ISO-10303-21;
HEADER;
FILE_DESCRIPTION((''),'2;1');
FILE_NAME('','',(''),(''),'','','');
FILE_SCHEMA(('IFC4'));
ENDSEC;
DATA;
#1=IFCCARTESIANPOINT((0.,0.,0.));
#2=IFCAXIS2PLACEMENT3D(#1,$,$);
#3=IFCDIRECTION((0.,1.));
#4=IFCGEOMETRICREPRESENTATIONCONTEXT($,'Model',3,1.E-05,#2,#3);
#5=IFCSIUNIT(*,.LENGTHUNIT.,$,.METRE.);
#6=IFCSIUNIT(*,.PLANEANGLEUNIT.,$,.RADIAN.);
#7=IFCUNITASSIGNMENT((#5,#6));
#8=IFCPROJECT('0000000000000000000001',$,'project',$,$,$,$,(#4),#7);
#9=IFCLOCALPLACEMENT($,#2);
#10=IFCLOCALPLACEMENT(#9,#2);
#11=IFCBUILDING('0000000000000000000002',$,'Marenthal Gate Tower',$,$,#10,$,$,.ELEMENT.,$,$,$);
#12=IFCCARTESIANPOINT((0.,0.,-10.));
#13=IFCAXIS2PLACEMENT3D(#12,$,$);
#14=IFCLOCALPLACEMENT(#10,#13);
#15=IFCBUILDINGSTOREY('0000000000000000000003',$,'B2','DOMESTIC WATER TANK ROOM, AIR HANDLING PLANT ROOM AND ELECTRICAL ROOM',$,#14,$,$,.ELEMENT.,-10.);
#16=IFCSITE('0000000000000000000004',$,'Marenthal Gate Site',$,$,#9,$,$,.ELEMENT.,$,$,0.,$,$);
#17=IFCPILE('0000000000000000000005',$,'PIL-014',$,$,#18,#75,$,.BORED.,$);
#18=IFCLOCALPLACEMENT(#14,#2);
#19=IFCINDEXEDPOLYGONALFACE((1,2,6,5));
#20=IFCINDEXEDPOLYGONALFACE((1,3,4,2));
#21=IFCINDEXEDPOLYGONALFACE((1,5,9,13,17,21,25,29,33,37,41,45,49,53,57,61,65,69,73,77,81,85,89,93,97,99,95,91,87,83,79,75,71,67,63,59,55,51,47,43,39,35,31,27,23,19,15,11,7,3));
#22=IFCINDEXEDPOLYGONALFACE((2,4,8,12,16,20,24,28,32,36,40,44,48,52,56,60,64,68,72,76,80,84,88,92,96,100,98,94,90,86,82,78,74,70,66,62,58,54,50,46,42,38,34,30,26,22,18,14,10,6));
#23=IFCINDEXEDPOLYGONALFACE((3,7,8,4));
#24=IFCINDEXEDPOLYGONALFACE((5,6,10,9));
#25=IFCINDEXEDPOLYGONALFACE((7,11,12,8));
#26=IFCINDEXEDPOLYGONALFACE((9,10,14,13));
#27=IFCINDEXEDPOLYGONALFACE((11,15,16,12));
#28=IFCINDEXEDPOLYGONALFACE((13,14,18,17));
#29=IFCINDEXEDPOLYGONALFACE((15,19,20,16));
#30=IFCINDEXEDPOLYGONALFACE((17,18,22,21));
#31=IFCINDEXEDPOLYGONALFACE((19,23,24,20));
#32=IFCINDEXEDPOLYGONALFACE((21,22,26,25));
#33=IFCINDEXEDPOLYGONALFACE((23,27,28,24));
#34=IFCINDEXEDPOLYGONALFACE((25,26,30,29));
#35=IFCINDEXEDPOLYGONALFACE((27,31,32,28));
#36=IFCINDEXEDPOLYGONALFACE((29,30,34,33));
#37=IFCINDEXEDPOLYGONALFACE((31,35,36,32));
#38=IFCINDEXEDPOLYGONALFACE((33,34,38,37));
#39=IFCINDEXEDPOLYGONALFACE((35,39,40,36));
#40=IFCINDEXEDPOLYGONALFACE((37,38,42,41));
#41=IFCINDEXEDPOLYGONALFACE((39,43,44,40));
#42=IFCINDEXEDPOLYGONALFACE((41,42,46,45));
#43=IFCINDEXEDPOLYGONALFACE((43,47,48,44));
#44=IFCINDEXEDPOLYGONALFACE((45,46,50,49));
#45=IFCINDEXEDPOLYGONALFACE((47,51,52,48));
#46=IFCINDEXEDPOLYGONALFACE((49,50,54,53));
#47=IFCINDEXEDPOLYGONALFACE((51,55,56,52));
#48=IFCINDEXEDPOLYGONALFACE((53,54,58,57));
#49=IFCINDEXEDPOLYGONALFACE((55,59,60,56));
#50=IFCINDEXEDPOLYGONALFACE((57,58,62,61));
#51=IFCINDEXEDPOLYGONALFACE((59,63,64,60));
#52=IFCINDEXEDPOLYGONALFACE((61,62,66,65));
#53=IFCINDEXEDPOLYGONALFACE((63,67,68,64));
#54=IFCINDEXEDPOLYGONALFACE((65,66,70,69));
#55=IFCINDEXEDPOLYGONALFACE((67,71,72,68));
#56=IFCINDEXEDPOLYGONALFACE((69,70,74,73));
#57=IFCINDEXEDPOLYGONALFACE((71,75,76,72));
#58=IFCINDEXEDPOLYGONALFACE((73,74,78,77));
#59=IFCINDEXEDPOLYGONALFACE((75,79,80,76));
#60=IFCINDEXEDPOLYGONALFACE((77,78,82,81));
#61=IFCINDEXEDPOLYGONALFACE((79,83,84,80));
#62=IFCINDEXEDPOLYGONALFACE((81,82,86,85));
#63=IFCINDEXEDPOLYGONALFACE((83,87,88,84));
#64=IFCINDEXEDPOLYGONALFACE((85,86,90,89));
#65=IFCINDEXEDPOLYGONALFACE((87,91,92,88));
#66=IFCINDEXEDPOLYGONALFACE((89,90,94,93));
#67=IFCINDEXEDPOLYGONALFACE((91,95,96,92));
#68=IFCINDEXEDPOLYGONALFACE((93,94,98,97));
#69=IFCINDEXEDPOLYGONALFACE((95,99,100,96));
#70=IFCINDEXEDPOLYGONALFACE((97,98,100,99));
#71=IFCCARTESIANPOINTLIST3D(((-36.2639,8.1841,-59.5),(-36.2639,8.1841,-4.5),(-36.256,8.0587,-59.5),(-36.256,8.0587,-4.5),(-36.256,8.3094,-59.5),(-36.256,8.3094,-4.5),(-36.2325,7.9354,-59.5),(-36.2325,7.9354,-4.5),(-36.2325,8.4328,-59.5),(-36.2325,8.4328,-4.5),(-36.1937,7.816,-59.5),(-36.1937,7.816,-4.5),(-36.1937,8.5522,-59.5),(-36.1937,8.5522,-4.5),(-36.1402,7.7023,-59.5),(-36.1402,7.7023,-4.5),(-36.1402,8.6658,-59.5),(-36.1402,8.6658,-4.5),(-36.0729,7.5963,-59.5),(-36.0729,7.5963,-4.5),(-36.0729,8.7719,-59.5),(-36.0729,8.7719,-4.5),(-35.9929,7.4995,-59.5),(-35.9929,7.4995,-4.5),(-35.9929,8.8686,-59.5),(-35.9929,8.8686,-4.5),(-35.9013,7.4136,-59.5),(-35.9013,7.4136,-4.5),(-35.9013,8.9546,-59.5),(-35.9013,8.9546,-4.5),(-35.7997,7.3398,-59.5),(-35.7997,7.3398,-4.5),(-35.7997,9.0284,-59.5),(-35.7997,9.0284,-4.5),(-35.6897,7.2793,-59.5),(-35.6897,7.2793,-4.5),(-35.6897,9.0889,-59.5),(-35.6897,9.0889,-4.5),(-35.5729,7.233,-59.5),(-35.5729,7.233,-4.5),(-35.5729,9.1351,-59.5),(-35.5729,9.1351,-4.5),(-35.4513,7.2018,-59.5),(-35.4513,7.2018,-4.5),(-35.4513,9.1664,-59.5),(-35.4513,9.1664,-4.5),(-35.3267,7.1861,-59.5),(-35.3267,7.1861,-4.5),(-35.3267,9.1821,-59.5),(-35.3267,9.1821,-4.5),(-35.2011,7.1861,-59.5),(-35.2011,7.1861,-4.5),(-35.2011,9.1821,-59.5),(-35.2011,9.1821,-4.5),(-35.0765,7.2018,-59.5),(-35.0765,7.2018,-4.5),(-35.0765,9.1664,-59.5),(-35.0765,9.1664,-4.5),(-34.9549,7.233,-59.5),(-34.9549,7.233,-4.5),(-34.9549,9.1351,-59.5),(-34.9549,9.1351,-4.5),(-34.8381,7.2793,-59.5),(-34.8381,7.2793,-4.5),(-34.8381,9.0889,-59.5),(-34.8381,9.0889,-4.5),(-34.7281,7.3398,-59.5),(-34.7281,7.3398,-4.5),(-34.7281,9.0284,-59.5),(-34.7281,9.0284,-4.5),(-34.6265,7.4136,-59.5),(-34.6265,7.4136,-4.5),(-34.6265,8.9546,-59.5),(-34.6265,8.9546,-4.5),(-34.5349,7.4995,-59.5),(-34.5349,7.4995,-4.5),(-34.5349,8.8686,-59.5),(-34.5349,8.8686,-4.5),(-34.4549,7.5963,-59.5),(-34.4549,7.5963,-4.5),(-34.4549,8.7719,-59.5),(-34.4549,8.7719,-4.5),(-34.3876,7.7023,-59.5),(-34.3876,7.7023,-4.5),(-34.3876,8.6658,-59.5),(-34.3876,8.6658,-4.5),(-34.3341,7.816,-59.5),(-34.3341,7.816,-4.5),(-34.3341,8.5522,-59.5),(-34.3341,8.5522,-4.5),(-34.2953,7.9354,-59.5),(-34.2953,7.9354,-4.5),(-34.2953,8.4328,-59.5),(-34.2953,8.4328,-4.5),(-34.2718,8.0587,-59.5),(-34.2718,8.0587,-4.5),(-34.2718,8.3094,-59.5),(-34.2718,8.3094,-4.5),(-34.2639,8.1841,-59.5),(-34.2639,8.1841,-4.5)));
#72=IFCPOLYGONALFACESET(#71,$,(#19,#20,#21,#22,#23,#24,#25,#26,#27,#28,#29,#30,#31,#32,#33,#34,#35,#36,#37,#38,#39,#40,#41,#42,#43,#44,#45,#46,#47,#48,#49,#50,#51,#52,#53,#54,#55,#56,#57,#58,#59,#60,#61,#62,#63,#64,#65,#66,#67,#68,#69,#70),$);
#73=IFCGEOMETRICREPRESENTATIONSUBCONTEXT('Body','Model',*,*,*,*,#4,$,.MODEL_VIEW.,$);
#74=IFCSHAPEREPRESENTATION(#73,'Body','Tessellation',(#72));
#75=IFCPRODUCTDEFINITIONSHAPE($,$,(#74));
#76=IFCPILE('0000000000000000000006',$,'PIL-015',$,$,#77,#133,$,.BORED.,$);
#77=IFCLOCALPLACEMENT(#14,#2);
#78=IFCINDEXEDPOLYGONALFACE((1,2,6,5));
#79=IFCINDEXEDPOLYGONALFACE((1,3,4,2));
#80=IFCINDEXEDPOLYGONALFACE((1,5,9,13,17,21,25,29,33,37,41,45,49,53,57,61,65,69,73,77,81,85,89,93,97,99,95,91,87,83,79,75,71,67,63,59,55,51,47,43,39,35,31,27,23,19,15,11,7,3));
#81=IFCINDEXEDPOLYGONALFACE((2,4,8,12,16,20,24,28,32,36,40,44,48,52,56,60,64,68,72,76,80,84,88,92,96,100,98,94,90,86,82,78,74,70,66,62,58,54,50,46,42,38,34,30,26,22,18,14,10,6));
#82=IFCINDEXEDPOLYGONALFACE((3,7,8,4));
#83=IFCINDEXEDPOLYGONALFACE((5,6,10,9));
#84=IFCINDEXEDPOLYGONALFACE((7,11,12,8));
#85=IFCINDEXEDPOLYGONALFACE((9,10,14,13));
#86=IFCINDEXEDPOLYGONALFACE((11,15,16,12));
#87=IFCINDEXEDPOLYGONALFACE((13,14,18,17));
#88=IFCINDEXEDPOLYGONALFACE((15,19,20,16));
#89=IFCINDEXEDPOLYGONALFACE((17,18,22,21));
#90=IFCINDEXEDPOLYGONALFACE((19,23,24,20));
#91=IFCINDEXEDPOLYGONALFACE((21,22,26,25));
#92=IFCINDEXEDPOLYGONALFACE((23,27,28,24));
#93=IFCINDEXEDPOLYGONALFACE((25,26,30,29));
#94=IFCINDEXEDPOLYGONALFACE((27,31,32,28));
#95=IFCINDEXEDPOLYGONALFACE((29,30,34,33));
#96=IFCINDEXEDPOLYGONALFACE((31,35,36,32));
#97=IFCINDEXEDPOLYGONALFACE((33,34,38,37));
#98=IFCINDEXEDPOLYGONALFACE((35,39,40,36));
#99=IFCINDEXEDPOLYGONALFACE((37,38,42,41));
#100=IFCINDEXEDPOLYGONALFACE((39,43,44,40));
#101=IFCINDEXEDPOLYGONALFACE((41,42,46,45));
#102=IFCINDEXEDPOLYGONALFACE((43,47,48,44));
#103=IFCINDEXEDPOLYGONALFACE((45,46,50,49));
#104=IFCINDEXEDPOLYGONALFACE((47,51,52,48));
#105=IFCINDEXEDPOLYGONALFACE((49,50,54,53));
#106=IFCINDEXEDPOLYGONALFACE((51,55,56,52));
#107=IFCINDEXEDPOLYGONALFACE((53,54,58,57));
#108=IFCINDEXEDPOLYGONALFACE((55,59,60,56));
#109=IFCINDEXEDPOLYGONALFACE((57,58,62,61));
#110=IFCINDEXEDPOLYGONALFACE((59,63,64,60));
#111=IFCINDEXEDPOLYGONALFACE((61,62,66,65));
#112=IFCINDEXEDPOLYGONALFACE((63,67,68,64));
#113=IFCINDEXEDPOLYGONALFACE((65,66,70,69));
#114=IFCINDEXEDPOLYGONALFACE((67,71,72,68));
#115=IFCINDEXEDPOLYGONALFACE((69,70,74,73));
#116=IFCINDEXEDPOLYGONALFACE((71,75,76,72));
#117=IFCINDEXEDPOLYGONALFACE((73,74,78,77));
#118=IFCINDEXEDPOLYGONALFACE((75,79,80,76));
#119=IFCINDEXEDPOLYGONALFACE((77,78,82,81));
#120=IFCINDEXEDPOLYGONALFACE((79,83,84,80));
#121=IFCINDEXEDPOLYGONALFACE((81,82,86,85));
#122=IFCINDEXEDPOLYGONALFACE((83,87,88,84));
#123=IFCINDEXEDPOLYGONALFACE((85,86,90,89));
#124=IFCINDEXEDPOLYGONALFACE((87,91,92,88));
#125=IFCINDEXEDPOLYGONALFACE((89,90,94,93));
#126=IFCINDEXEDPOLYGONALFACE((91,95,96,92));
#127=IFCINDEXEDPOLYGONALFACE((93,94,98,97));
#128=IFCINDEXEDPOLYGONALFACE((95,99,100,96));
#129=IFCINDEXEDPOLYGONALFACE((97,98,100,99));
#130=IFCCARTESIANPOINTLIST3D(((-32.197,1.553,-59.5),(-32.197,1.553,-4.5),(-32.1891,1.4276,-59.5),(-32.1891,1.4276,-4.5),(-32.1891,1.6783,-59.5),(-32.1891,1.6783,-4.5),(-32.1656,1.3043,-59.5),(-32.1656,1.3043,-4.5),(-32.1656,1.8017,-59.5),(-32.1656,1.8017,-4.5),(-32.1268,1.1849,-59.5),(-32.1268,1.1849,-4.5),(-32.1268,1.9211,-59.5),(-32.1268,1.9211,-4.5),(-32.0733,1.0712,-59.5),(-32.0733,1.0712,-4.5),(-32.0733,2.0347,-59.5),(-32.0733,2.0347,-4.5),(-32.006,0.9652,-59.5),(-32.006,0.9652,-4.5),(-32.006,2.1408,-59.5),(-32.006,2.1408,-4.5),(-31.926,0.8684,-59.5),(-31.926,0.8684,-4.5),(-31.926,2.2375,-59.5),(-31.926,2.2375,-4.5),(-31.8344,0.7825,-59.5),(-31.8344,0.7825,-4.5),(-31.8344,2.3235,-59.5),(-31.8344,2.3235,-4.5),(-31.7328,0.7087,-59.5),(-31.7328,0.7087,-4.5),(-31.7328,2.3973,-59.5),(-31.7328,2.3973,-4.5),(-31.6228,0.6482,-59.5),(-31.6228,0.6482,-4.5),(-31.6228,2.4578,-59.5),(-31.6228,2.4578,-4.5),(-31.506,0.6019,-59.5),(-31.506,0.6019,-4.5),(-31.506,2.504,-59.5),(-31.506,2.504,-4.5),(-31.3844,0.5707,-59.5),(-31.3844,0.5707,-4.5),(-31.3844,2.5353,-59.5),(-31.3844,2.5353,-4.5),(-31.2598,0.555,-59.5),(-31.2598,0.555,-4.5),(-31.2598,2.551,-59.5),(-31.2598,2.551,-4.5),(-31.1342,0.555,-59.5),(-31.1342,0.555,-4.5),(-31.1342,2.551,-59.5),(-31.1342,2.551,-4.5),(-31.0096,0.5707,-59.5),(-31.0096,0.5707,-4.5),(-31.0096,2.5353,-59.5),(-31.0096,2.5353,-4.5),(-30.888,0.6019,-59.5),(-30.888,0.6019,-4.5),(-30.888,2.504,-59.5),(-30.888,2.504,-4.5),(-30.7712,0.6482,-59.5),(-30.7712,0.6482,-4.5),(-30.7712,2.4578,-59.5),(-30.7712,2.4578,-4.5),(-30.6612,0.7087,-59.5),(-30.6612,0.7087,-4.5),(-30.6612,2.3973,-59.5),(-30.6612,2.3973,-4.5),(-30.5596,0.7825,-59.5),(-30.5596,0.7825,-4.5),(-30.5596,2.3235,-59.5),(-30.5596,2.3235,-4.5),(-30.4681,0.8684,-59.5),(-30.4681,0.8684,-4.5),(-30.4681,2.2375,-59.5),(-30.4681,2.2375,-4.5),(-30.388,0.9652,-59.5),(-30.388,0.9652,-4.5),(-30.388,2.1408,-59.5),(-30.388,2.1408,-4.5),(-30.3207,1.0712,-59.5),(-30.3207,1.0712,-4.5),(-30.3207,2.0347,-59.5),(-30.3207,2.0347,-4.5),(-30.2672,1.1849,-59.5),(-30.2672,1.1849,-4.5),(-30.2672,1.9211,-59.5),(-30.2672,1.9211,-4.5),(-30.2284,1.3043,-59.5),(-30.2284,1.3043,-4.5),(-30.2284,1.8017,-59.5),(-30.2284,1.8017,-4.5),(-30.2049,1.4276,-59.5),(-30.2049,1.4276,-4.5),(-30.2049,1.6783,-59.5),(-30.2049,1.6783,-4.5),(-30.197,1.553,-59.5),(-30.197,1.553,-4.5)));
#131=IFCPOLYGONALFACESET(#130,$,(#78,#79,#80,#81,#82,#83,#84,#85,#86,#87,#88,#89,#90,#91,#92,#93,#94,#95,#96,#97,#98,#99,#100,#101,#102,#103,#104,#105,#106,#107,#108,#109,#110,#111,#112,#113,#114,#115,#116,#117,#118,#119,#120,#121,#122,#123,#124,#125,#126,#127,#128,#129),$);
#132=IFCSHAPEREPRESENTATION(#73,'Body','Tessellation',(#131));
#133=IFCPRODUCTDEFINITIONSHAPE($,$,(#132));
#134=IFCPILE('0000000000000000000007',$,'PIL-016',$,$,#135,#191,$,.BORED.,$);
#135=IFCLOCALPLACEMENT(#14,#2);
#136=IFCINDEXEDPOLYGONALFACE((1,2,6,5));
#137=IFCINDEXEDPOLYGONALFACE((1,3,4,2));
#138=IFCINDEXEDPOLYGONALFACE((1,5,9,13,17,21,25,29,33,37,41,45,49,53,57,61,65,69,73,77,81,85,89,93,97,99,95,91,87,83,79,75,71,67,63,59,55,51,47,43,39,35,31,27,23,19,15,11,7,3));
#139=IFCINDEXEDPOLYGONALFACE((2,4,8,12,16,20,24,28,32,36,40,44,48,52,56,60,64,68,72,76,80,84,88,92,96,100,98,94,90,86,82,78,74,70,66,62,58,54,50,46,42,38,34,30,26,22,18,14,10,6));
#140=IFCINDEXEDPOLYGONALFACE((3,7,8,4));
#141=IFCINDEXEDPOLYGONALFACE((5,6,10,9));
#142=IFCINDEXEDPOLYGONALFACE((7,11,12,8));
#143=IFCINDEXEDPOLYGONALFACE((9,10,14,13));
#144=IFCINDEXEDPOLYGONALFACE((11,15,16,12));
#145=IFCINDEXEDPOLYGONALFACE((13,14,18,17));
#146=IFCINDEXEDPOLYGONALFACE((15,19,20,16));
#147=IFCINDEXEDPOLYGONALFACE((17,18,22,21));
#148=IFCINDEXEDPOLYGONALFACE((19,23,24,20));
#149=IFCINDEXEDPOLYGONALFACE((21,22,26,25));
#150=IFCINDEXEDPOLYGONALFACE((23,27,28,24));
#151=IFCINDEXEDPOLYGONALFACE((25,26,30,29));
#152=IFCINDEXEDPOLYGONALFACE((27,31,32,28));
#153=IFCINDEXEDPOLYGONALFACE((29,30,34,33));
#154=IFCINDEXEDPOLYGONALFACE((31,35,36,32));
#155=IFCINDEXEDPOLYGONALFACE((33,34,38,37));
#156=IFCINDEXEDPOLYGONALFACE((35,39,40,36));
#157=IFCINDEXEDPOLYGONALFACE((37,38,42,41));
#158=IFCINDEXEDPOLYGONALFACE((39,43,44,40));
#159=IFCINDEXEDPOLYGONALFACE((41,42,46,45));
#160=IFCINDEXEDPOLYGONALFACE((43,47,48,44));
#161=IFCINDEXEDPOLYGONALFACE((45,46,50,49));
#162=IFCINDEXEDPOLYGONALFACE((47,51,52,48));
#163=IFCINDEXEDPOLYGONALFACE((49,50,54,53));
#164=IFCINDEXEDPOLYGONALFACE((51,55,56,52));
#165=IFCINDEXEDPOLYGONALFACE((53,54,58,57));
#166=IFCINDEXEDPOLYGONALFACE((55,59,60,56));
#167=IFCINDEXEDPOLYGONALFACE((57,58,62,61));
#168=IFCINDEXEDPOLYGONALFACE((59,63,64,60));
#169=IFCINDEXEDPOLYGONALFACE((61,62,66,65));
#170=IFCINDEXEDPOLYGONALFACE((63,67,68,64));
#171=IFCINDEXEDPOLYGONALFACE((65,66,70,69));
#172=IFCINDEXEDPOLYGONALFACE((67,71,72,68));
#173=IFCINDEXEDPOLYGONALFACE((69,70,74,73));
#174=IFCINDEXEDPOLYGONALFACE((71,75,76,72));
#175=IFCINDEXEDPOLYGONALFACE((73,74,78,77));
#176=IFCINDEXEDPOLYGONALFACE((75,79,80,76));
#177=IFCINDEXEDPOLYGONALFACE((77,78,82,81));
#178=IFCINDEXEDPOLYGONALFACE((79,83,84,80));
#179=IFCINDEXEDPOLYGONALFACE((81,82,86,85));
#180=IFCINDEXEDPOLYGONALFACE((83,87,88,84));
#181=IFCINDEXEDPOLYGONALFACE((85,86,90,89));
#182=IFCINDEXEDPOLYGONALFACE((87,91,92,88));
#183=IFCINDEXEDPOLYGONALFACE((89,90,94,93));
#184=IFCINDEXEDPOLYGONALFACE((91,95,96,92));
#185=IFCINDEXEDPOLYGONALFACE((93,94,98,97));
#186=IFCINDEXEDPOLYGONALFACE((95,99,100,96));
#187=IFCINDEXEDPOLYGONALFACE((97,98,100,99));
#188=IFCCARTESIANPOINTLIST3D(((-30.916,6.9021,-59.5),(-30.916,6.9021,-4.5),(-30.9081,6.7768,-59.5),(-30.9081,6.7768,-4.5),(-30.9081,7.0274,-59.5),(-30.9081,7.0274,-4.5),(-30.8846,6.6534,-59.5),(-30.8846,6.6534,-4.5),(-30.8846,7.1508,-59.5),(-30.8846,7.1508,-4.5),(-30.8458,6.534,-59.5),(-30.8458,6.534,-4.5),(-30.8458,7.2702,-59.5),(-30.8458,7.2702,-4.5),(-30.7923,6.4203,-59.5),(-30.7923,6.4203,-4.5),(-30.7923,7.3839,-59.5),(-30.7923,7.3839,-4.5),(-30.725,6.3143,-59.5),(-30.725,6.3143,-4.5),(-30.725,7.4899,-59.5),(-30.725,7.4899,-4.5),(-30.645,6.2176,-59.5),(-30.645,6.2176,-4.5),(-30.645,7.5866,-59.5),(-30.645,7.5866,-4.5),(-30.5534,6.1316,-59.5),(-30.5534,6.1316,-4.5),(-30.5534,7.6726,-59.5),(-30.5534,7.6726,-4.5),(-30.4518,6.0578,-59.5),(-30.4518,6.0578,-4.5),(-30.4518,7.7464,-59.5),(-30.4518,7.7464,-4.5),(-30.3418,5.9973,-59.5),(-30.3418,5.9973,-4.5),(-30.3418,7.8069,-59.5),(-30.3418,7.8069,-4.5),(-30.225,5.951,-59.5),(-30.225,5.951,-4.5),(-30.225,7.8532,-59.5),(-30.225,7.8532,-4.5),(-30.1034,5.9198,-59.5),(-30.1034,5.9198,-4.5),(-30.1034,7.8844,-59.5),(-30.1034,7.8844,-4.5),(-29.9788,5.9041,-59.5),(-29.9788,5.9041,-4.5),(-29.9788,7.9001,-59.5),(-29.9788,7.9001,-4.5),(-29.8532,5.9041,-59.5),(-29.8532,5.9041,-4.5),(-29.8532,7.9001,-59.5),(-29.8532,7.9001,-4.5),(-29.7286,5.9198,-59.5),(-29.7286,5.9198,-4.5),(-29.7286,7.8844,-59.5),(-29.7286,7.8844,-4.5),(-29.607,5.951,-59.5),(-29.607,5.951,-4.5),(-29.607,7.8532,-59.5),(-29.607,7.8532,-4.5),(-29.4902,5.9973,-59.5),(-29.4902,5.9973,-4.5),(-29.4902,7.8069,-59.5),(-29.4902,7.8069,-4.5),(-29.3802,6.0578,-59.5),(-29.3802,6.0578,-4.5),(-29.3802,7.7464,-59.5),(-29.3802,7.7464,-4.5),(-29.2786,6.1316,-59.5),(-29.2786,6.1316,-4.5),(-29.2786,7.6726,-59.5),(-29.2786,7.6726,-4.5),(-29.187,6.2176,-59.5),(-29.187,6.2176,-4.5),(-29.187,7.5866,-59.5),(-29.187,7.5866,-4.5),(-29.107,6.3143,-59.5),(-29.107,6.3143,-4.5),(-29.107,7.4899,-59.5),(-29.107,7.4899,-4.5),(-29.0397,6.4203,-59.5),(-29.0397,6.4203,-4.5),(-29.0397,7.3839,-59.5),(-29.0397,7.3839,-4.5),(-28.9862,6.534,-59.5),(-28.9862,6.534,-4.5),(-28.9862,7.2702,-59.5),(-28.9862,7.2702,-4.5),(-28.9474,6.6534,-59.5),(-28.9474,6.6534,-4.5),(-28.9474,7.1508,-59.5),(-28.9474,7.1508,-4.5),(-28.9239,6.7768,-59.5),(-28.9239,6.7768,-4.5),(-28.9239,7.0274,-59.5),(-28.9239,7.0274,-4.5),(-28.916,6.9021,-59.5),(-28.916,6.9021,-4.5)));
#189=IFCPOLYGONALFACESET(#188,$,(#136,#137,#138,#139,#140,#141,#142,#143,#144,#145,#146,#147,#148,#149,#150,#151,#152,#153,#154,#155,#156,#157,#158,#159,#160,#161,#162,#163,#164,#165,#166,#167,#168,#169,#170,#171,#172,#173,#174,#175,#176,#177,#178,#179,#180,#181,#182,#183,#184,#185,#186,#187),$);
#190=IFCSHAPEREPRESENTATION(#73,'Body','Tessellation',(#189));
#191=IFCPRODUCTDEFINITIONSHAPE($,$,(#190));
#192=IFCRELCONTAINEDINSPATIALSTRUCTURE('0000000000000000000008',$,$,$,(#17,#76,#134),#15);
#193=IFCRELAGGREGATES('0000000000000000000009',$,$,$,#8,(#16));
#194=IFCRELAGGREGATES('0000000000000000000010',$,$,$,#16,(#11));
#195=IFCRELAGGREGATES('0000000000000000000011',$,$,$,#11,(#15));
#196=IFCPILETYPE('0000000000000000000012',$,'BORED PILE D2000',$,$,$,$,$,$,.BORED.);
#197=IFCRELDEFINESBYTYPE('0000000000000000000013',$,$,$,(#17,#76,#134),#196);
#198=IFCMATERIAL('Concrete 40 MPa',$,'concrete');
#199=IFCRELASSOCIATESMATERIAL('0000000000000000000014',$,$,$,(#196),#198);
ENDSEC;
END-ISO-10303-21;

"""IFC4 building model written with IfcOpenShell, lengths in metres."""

from ifc_helpers import new_model, si_unit, direction, frame, origin, origin_2d, place, context, subcontext, project, spatial, circle, extrude, material, type_object, element, save


model = new_model("IFC4")

# Units and contexts
model_context = context("Model", 3, precision=1e-05, world=origin(), true_north=direction((0.0, 1.0)))
body_context = subcontext(model_context, "Body", "Model", "MODEL_VIEW")
ifc_project = project(units=[si_unit("LENGTHUNIT", "METRE"), si_unit("PLANEANGLEUNIT", "RADIAN")], contexts=[model_context])

# Site, building, storey
site_placement = place(None, origin())
site = spatial("IfcSite", under=ifc_project, at=site_placement, Name="Marenthal Gate Site", CompositionType="ELEMENT", RefElevation=0.0)
building_placement = place(site_placement, origin())
building = spatial("IfcBuilding", under=site, at=building_placement, Name="Marenthal Gate Tower", CompositionType="ELEMENT")
storey_placement = place(building_placement, frame((0.0, 0.0, -10.0)))
storey = spatial("IfcBuildingStorey", under=building, at=storey_placement, Name="B2", Description="DOMESTIC WATER TANK ROOM, AIR HANDLING PLANT ROOM AND ELECTRICAL ROOM", CompositionType="ELEMENT", Elevation=-10.0)

# Piles
ifc_material_1 = material(Name="Concrete 40 MPa", Category="concrete")
pile_type = type_object("IfcPileType", Name="BORED PILE D2000", PredefinedType="BORED", material=ifc_material_1)
for number, where, z_axis, x_axis, name in (
    (1, (-35.2639, 8.1841, -4.5), (0.0, 0.0, -1.0), (1.0, 0.0, 0.0), "PIL-014"),
    (2, (-31.197, 1.553, -4.5), (0.0, 0.0, -1.0), (1.0, 0.0, 0.0), "PIL-015"),
    (3, (-29.916, 6.9021, -4.5), (0.0, 0.0, -1.0), (1.0, 0.0, 0.0), "PIL-016"),
):
    element("IfcPile", number, at=place(storey_placement, frame(where, z_axis=z_axis, x_axis=x_axis)), inside=storey, type_object=pile_type, Name=name, PredefinedType="BORED", context=body_context, shape_type="SweptSolid", body=[
        extrude(circle(Radius=1.0, at=origin_2d()), origin(), (0.0, 0.0, 1.0), 55.0),
    ])

save(model, "model.ifc")
